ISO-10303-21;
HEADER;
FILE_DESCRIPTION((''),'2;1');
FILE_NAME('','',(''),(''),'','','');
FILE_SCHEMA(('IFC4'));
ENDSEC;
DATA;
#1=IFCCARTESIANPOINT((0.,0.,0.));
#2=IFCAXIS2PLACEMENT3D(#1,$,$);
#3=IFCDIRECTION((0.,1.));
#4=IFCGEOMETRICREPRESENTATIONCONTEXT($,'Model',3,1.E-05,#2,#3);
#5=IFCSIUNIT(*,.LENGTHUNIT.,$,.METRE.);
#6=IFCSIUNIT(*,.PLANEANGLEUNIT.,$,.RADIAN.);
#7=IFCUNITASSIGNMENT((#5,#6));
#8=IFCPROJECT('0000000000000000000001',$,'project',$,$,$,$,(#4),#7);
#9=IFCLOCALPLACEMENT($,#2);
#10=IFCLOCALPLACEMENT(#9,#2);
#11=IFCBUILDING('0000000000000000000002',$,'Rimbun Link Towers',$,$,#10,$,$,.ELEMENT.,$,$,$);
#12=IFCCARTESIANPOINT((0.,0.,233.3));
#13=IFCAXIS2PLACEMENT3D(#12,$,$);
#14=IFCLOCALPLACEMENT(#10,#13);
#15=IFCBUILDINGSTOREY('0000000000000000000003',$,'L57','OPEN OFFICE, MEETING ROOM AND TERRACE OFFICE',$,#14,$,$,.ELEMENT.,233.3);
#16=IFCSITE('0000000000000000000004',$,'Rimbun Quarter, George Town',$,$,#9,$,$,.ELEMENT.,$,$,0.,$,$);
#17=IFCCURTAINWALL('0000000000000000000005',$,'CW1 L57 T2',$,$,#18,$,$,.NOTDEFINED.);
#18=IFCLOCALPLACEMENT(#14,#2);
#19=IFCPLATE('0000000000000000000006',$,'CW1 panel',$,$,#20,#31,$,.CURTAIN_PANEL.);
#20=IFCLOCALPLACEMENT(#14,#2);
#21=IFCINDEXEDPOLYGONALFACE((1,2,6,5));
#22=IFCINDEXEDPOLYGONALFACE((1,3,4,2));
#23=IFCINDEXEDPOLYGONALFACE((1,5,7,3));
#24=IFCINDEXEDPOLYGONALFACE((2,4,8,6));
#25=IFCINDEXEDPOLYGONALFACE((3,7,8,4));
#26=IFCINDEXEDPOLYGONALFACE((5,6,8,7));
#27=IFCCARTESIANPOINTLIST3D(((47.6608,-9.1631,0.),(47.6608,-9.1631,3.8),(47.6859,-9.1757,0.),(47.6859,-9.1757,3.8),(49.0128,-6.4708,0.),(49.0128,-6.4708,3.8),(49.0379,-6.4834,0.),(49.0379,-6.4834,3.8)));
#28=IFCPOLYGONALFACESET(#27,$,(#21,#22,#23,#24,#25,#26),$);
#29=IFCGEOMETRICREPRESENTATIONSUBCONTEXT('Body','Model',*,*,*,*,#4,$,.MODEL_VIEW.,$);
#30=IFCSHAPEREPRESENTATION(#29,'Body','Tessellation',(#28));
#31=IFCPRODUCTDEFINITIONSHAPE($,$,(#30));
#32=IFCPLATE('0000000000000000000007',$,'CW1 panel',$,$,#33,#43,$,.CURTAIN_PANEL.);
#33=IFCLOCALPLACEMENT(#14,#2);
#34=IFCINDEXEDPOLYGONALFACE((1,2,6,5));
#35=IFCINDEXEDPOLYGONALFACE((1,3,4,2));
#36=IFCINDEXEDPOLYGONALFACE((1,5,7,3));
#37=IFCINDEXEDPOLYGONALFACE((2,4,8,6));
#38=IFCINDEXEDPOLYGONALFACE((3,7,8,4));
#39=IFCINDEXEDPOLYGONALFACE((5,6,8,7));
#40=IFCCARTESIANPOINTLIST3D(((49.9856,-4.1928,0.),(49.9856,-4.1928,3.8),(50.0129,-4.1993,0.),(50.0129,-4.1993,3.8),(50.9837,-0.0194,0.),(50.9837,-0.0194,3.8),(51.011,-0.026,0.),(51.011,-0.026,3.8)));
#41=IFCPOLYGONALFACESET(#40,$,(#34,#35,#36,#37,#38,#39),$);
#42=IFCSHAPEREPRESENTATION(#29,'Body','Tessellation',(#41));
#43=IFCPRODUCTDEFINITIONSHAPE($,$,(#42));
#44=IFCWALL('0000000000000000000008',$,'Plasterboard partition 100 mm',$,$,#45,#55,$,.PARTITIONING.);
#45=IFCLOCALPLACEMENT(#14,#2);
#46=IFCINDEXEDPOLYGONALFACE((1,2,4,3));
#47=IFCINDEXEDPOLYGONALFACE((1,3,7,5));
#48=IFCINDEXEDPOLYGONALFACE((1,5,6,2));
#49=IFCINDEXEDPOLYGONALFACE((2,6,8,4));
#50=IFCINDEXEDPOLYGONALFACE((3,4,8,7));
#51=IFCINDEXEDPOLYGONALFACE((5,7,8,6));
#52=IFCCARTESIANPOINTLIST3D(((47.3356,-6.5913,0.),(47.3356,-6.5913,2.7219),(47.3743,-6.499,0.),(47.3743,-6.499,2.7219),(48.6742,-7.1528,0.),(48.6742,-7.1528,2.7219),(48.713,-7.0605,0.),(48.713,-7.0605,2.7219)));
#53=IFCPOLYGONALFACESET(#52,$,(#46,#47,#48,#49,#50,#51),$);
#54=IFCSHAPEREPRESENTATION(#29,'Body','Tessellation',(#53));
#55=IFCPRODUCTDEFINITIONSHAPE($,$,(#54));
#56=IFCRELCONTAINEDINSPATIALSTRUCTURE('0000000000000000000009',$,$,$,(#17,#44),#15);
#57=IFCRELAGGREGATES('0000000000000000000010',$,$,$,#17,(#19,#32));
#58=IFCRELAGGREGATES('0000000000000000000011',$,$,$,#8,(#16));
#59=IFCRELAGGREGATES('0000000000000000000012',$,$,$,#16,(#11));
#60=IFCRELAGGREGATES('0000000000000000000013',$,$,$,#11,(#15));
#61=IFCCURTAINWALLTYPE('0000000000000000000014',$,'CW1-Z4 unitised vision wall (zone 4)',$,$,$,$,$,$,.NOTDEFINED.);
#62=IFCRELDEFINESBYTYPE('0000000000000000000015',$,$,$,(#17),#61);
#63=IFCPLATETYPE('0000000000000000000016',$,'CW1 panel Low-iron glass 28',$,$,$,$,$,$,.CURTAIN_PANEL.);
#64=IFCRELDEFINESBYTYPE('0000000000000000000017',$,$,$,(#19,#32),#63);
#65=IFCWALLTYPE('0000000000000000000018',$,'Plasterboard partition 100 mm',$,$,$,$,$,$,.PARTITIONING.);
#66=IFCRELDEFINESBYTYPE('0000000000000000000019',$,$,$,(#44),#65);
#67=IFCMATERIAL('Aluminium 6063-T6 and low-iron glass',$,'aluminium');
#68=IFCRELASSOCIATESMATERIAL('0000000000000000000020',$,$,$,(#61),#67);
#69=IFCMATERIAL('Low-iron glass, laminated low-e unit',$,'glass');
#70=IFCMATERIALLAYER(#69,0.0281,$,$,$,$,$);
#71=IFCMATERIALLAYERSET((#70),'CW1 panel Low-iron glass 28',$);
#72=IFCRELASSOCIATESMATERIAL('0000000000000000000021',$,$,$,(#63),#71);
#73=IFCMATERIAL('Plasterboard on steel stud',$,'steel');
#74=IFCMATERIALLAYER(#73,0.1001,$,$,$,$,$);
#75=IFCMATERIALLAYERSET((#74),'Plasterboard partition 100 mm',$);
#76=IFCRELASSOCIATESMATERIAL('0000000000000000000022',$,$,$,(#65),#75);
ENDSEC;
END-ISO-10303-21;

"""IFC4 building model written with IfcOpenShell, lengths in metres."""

from ifc_helpers import new_model, si_unit, direction, frame, frame_2d, origin, origin_2d, place, context, subcontext, project, spatial, rectangle, extrude, material, layer, layer_set, type_object, element, aggregate, save


model = new_model("IFC4")

# Units and contexts
model_context = context("Model", 3, precision=1e-05, world=origin(), true_north=direction((0.0, 1.0)))
body_context = subcontext(model_context, "Body", "Model", "MODEL_VIEW")
ifc_project = project(units=[si_unit("LENGTHUNIT", "METRE"), si_unit("PLANEANGLEUNIT", "RADIAN")], contexts=[model_context])

# Site, building, storey
site_placement = place(None, origin())
site = spatial("IfcSite", under=ifc_project, at=site_placement, Name="Rimbun Quarter, George Town", CompositionType="ELEMENT", RefElevation=0.0)
building_placement = place(site_placement, origin())
building = spatial("IfcBuilding", under=site, at=building_placement, Name="Rimbun Link Towers", CompositionType="ELEMENT")
storey_placement = place(building_placement, frame((0.0, 0.0, 233.3)))
storey = spatial("IfcBuildingStorey", under=building, at=storey_placement, Name="L57", Description="OPEN OFFICE, MEETING ROOM AND TERRACE OFFICE", CompositionType="ELEMENT", Elevation=233.3)

# Curtain wall
ifc_material_1 = material(Name="Aluminium 6063-T6 and low-iron glass", Category="aluminium")
curtain_wall_type = type_object("IfcCurtainWallType", Name="CW1-Z4 unitised vision wall (zone 4)", PredefinedType="NOTDEFINED", material=ifc_material_1)
curtain_wall_placement = place(storey_placement, origin())
curtain_wall = element("IfcCurtainWall", 1, at=curtain_wall_placement, inside=storey, type_object=curtain_wall_type, Name="CW1 L57 T2", PredefinedType="NOTDEFINED")

# Plates
ifc_material_2 = material(Name="Low-iron glass, laminated low-e unit", Category="glass")
ifc_layer_1 = layer(ifc_material_2, 0.0281)
ifc_layer_set_1 = layer_set([ifc_layer_1], Name="CW1 panel Low-iron glass 28")
plate_type = type_object("IfcPlateType", Name="CW1 panel Low-iron glass 28", PredefinedType="CURTAIN_PANEL", material=ifc_layer_set_1)
plate_1_placement = place(storey_placement, frame((48.3494, -7.8232, 0.0), z_axis=(0.0, 0.0, 1.0), x_axis=(-0.448779, -0.893643, 0.0)))
plate_1 = element("IfcPlate", 2, at=plate_1_placement, type_object=plate_type, Name="CW1 panel", PredefinedType="CURTAIN_PANEL", context=body_context, shape_type="SweptSolid", body=[
    extrude(rectangle(XDim=3.0127, YDim=0.0281, at=origin_2d()), origin(), (0.0, 0.0, 1.0), 3.8),
])
plate_2_placement = place(storey_placement, frame((50.4983, -2.1094, 0.0), z_axis=(0.0, 0.0, 1.0), x_axis=(-0.232603, -0.972572, 0.0)))
plate_2 = element("IfcPlate", 3, at=plate_2_placement, type_object=plate_type, Name="CW1 panel", PredefinedType="CURTAIN_PANEL", context=body_context, shape_type="SweptSolid", body=[
    extrude(rectangle(XDim=4.291, YDim=0.0281, at=origin_2d()), origin(), (0.0, 0.0, 1.0), 3.8),
])
aggregate(curtain_wall, [plate_1, plate_2])

# Wall
ifc_material_3 = material(Name="Plasterboard on steel stud", Category="steel")
ifc_layer_2 = layer(ifc_material_3, 0.1001)
ifc_layer_set_2 = layer_set([ifc_layer_2], Name="Plasterboard partition 100 mm")
wall_type = type_object("IfcWallType", Name="Plasterboard partition 100 mm", PredefinedType="PARTITIONING", material=ifc_layer_set_2)
wall_placement = place(storey_placement, frame((48.6936, -7.1067, 0.0), z_axis=(0.0, 0.0, 1.0), x_axis=(-0.922154, 0.386824, 0.0)))
element("IfcWall", 4, at=wall_placement, inside=storey, type_object=wall_type, Name="Plasterboard partition 100 mm", PredefinedType="PARTITIONING", context=body_context, shape_type="SweptSolid", body=[
    extrude(rectangle(XDim=1.4517, YDim=0.1001, at=frame_2d((0.7258, 0.0))), origin(), (0.0, 0.0, 1.0), 2.7219),
])

save(model, "model.ifc")
